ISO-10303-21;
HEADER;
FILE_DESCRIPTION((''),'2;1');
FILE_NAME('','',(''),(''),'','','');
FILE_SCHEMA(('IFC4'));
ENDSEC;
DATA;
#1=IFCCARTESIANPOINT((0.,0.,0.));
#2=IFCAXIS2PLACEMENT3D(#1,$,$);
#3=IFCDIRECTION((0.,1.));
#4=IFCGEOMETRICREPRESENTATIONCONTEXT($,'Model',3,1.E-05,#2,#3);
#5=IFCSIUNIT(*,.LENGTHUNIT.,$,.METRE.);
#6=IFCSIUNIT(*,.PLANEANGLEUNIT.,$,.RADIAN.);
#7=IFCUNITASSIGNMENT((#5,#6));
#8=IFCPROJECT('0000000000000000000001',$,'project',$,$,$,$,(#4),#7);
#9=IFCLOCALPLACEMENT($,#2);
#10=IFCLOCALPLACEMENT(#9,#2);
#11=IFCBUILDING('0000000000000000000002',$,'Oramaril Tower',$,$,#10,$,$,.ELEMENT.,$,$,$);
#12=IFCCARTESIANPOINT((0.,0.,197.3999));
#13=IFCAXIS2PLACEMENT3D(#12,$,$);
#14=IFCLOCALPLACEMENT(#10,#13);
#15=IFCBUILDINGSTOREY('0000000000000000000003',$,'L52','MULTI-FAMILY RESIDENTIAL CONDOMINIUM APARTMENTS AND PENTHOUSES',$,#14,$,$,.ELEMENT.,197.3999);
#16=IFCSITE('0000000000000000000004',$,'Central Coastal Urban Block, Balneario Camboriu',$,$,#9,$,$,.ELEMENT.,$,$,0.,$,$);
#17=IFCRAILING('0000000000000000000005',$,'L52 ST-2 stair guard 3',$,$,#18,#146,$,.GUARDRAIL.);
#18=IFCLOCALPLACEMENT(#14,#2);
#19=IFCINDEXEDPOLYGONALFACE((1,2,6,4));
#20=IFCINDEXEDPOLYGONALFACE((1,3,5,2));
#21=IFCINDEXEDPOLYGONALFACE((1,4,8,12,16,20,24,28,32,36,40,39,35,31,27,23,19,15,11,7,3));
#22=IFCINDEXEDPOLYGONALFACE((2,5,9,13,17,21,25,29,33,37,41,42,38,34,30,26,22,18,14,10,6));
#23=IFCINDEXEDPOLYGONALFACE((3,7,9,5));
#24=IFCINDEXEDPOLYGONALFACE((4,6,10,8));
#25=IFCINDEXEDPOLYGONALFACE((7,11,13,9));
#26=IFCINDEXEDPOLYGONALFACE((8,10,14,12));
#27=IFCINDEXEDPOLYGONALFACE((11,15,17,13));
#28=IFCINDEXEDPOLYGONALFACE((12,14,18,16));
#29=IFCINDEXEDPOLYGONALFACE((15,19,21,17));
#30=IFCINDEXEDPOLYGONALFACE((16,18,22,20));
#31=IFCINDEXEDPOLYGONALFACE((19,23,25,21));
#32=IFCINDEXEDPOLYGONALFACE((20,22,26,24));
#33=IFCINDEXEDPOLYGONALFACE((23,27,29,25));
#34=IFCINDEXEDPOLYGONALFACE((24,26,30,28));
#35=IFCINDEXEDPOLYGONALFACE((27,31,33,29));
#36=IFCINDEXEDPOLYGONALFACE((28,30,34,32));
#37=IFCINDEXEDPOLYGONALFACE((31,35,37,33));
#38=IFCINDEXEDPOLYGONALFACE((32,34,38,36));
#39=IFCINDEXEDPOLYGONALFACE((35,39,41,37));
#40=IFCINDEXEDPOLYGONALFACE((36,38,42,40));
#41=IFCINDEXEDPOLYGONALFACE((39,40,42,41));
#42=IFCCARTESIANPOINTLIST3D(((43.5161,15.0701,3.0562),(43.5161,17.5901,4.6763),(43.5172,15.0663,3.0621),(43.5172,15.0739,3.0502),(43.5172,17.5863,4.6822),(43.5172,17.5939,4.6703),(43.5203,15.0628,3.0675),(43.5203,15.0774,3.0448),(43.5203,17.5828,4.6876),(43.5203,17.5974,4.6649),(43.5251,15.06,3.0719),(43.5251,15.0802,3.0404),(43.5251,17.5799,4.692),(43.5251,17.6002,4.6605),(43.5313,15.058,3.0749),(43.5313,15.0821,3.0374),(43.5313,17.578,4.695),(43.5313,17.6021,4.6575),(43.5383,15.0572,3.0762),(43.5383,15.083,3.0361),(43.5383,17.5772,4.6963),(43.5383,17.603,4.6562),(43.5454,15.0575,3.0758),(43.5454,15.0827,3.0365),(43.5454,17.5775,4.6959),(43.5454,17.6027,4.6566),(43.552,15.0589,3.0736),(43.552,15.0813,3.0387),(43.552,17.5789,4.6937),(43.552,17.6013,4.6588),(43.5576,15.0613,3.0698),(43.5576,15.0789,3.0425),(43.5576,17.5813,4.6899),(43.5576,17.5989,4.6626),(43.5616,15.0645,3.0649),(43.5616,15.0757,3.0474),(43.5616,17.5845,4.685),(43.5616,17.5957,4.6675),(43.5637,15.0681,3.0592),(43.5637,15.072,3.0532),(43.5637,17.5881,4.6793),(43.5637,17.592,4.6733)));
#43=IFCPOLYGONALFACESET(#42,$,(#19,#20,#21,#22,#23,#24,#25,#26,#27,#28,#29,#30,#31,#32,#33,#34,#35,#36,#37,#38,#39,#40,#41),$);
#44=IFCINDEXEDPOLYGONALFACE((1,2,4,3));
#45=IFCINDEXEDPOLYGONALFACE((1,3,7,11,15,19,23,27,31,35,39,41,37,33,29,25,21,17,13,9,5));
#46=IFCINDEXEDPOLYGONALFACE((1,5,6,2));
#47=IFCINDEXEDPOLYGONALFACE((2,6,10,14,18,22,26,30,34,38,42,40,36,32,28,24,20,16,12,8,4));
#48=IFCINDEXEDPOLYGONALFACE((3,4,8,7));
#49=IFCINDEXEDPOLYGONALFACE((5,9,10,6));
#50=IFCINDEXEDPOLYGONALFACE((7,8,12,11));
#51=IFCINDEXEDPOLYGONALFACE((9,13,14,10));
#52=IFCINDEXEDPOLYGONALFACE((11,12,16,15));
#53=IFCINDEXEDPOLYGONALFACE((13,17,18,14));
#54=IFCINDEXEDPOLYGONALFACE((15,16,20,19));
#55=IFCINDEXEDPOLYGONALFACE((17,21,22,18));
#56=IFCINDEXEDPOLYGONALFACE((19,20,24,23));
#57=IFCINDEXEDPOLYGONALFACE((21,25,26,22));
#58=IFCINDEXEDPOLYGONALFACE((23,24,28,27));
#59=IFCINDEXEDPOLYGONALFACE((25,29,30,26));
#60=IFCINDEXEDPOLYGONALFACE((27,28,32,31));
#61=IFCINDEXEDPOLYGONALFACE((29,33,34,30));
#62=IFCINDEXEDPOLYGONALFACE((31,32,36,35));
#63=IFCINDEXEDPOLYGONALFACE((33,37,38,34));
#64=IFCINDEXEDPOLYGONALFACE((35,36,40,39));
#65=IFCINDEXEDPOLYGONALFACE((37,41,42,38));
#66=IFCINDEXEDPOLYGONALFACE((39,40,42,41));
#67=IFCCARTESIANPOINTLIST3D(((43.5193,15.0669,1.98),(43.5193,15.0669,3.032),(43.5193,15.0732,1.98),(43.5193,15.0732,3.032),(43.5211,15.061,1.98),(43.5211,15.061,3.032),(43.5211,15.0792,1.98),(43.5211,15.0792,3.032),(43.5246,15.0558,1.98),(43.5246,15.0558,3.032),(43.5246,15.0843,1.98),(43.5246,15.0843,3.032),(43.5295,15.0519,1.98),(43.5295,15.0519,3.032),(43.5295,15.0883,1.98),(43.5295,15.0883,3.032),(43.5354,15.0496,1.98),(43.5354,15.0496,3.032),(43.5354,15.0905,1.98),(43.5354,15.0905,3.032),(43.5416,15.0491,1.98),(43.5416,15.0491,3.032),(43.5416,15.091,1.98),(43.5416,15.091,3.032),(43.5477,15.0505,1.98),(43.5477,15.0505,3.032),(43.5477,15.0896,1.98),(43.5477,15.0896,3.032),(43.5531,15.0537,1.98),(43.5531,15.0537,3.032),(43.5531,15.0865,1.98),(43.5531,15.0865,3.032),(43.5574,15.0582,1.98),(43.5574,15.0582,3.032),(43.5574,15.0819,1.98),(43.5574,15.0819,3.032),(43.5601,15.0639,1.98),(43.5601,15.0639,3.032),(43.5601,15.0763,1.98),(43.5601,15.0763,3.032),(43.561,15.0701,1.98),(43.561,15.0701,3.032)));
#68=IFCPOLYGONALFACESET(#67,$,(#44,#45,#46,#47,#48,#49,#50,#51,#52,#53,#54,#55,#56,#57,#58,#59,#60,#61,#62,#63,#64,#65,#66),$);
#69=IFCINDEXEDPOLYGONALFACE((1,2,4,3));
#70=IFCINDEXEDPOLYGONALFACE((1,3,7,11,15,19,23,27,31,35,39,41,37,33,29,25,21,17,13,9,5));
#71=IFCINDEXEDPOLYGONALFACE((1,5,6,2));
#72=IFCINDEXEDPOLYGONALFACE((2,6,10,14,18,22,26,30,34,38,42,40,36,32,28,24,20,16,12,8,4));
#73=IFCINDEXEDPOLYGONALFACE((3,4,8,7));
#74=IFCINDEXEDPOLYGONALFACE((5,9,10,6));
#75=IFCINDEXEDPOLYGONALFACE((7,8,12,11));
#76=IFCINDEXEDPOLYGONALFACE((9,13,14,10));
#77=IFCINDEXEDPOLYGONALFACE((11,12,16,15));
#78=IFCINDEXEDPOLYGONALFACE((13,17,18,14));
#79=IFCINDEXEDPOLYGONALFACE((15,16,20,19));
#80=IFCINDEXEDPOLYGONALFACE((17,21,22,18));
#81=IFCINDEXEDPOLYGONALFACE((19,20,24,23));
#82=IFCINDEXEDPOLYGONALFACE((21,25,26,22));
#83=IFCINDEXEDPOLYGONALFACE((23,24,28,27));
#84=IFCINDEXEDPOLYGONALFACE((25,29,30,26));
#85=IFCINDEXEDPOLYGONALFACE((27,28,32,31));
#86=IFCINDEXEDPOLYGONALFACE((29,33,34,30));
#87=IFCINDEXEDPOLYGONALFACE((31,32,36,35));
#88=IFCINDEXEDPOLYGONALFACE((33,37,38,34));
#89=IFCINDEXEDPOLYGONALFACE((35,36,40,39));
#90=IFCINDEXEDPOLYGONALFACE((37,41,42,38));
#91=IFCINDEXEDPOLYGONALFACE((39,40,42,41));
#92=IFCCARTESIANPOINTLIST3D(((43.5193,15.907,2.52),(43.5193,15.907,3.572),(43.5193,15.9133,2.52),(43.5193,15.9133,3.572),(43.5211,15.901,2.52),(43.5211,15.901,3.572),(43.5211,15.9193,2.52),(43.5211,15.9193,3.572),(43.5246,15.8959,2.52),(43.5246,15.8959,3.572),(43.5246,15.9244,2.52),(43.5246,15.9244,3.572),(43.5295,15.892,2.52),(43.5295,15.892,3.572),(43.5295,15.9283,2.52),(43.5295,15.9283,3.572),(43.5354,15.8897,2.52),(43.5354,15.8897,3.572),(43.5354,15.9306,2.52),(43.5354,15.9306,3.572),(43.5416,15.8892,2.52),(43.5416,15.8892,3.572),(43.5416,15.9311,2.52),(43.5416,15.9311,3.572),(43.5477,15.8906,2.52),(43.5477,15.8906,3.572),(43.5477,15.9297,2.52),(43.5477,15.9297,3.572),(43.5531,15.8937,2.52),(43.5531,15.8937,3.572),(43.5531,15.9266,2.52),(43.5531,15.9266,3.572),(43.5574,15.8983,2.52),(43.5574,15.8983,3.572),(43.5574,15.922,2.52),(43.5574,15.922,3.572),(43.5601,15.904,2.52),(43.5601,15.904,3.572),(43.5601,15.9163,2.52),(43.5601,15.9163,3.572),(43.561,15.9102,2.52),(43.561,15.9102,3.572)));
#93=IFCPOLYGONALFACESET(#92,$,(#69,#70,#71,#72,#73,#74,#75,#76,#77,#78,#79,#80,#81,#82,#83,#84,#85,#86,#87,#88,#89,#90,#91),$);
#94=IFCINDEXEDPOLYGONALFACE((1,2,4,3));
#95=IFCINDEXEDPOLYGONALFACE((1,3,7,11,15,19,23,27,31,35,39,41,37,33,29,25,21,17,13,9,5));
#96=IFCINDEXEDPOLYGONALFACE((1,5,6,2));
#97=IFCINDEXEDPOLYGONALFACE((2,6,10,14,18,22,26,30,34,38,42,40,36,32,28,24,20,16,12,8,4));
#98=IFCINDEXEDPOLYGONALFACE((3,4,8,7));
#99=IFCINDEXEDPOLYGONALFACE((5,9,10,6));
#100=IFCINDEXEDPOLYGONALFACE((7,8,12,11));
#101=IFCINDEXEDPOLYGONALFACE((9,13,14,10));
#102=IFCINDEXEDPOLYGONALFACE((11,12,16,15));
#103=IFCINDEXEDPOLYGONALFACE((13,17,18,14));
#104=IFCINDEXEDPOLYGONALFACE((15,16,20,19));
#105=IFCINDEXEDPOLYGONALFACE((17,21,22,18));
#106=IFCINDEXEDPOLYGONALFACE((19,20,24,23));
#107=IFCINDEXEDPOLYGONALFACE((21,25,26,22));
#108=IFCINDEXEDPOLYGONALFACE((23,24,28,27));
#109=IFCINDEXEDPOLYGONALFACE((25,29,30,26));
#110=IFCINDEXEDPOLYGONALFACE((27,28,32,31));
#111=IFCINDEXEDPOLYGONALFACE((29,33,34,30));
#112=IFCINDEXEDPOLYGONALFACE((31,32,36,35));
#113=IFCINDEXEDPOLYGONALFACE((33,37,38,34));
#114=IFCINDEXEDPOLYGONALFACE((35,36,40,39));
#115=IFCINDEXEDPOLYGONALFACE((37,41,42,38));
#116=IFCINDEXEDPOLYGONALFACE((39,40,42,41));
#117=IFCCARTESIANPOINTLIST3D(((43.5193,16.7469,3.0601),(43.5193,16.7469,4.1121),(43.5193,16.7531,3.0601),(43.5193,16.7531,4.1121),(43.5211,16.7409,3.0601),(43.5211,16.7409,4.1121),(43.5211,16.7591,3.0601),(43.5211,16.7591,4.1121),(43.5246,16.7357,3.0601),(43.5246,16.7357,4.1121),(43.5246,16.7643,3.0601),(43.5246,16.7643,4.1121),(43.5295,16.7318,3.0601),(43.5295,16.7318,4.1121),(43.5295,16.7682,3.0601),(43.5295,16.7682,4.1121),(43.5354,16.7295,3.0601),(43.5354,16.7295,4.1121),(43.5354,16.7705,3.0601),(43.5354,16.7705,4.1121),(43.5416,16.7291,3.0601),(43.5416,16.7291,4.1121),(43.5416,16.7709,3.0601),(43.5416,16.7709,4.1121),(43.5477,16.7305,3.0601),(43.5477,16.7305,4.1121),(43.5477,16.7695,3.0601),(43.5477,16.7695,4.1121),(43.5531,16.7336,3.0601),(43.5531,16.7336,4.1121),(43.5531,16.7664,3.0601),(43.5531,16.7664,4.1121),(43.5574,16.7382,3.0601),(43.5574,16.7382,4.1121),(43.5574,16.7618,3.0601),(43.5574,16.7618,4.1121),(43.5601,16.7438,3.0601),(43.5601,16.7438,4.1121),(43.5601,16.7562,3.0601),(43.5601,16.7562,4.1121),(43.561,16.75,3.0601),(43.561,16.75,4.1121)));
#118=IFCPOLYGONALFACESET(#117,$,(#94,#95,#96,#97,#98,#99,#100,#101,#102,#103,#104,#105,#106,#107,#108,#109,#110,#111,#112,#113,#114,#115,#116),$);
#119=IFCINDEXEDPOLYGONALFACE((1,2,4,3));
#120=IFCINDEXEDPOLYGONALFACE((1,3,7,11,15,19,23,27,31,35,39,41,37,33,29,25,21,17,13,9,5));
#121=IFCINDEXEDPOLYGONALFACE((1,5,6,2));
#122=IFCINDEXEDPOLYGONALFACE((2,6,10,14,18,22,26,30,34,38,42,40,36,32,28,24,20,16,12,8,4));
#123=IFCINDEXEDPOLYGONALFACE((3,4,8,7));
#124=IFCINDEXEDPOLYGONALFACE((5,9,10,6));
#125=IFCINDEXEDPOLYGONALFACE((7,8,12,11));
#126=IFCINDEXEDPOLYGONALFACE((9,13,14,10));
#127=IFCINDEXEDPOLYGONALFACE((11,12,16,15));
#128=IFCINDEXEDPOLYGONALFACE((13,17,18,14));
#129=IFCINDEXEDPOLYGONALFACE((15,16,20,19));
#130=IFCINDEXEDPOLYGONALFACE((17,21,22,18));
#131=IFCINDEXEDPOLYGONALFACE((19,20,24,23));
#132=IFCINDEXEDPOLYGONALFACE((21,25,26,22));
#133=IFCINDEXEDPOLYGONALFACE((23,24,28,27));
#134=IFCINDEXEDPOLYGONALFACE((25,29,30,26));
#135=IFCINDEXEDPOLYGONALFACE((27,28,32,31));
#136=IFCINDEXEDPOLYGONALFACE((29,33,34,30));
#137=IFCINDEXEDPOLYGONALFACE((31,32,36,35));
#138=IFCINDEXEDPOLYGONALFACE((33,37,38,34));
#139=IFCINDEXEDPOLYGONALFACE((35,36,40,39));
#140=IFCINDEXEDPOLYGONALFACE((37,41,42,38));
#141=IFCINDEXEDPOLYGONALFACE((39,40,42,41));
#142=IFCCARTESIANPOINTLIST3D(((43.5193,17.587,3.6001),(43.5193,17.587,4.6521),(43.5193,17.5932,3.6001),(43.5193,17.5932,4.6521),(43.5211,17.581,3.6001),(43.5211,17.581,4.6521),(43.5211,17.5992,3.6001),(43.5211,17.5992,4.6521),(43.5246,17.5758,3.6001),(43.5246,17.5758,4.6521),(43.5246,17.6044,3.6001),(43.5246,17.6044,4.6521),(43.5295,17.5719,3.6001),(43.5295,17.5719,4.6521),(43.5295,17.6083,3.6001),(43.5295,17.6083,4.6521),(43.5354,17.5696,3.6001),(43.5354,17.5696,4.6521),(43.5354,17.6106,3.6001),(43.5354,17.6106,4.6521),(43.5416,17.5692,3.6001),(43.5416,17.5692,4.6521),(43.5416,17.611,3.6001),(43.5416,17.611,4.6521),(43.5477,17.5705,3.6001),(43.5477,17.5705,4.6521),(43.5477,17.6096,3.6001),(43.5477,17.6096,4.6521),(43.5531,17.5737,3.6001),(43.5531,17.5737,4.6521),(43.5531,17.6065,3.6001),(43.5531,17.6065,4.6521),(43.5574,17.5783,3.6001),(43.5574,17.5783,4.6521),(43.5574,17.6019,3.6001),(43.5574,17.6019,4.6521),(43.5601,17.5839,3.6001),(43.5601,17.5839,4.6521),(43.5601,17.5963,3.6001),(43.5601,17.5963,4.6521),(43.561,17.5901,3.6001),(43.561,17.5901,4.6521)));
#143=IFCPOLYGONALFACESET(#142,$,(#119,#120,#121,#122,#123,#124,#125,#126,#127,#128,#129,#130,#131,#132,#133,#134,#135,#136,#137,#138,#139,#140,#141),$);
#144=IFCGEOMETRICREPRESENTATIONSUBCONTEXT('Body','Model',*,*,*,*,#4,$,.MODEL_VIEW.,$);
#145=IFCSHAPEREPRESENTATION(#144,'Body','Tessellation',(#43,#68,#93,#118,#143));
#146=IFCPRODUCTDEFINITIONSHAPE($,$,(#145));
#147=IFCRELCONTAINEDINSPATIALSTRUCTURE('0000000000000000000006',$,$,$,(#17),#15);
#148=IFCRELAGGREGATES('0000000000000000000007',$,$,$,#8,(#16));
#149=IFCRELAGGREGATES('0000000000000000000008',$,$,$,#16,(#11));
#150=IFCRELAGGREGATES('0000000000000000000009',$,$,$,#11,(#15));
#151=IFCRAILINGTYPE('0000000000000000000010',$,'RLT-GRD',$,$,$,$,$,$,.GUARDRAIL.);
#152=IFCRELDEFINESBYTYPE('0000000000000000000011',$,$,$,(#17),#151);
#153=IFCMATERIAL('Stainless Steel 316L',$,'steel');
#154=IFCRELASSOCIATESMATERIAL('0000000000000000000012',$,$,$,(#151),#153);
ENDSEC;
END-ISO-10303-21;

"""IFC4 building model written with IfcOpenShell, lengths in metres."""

from ifc_helpers import new_model, si_unit, direction, frame, origin, origin_2d, place, context, subcontext, project, spatial, circle, extrude, material, type_object, element, save


model = new_model("IFC4")

# Units and contexts
model_context = context("Model", 3, precision=1e-05, world=origin(), true_north=direction((0.0, 1.0)))
body_context = subcontext(model_context, "Body", "Model", "MODEL_VIEW")
ifc_project = project(units=[si_unit("LENGTHUNIT", "METRE"), si_unit("PLANEANGLEUNIT", "RADIAN")], contexts=[model_context])

# Site, building, storey
site_placement = place(None, origin())
site = spatial("IfcSite", under=ifc_project, at=site_placement, Name="Central Coastal Urban Block, Balneario Camboriu", CompositionType="ELEMENT", RefElevation=0.0)
building_placement = place(site_placement, origin())
building = spatial("IfcBuilding", under=site, at=building_placement, Name="Oramaril Tower", CompositionType="ELEMENT")
storey_placement = place(building_placement, frame((0.0, 0.0, 197.3999)))
storey = spatial("IfcBuildingStorey", under=building, at=storey_placement, Name="L52", Description="MULTI-FAMILY RESIDENTIAL CONDOMINIUM APARTMENTS AND PENTHOUSES", CompositionType="ELEMENT", Elevation=197.3999)

# Railing
ifc_material_1 = material(Name="Stainless Steel 316L", Category="steel")
railing_type_1 = type_object("IfcRailingType", Name="RLT-GRD", PredefinedType="GUARDRAIL", material=ifc_material_1)
railing_1_placement = place(storey_placement, frame((43.54, 15.0701, 1.98)))
element("IfcRailing", 1, at=railing_1_placement, inside=storey, type_object=railing_type_1, Name="L52 ST-2 stair guard 3", PredefinedType="GUARDRAIL", context=body_context, shape_type="SweptSolid", body=[
    extrude(circle(Radius=0.0239, at=origin_2d()), frame((0.0, 0.0, 1.0762), z_axis=(0.0, 0.841163, 0.540782), x_axis=(-1.0, 0.0, 0.0)), (0.0, 0.0, 1.0), 2.9958),
    extrude(circle(Radius=0.021, at=origin_2d()), origin(), (0.0, 0.0, 1.0), 1.052),
    extrude(circle(Radius=0.021, at=origin_2d()), frame((0.0, 0.8401, 0.54)), (0.0, 0.0, 1.0), 1.052),
    extrude(circle(Radius=0.021, at=origin_2d()), frame((0.0, 1.6799, 1.0801)), (0.0, 0.0, 1.0), 1.052),
    extrude(circle(Radius=0.021, at=origin_2d()), frame((0.0, 2.52, 1.6201)), (0.0, 0.0, 1.0), 1.052),
])

save(model, "model.ifc")
